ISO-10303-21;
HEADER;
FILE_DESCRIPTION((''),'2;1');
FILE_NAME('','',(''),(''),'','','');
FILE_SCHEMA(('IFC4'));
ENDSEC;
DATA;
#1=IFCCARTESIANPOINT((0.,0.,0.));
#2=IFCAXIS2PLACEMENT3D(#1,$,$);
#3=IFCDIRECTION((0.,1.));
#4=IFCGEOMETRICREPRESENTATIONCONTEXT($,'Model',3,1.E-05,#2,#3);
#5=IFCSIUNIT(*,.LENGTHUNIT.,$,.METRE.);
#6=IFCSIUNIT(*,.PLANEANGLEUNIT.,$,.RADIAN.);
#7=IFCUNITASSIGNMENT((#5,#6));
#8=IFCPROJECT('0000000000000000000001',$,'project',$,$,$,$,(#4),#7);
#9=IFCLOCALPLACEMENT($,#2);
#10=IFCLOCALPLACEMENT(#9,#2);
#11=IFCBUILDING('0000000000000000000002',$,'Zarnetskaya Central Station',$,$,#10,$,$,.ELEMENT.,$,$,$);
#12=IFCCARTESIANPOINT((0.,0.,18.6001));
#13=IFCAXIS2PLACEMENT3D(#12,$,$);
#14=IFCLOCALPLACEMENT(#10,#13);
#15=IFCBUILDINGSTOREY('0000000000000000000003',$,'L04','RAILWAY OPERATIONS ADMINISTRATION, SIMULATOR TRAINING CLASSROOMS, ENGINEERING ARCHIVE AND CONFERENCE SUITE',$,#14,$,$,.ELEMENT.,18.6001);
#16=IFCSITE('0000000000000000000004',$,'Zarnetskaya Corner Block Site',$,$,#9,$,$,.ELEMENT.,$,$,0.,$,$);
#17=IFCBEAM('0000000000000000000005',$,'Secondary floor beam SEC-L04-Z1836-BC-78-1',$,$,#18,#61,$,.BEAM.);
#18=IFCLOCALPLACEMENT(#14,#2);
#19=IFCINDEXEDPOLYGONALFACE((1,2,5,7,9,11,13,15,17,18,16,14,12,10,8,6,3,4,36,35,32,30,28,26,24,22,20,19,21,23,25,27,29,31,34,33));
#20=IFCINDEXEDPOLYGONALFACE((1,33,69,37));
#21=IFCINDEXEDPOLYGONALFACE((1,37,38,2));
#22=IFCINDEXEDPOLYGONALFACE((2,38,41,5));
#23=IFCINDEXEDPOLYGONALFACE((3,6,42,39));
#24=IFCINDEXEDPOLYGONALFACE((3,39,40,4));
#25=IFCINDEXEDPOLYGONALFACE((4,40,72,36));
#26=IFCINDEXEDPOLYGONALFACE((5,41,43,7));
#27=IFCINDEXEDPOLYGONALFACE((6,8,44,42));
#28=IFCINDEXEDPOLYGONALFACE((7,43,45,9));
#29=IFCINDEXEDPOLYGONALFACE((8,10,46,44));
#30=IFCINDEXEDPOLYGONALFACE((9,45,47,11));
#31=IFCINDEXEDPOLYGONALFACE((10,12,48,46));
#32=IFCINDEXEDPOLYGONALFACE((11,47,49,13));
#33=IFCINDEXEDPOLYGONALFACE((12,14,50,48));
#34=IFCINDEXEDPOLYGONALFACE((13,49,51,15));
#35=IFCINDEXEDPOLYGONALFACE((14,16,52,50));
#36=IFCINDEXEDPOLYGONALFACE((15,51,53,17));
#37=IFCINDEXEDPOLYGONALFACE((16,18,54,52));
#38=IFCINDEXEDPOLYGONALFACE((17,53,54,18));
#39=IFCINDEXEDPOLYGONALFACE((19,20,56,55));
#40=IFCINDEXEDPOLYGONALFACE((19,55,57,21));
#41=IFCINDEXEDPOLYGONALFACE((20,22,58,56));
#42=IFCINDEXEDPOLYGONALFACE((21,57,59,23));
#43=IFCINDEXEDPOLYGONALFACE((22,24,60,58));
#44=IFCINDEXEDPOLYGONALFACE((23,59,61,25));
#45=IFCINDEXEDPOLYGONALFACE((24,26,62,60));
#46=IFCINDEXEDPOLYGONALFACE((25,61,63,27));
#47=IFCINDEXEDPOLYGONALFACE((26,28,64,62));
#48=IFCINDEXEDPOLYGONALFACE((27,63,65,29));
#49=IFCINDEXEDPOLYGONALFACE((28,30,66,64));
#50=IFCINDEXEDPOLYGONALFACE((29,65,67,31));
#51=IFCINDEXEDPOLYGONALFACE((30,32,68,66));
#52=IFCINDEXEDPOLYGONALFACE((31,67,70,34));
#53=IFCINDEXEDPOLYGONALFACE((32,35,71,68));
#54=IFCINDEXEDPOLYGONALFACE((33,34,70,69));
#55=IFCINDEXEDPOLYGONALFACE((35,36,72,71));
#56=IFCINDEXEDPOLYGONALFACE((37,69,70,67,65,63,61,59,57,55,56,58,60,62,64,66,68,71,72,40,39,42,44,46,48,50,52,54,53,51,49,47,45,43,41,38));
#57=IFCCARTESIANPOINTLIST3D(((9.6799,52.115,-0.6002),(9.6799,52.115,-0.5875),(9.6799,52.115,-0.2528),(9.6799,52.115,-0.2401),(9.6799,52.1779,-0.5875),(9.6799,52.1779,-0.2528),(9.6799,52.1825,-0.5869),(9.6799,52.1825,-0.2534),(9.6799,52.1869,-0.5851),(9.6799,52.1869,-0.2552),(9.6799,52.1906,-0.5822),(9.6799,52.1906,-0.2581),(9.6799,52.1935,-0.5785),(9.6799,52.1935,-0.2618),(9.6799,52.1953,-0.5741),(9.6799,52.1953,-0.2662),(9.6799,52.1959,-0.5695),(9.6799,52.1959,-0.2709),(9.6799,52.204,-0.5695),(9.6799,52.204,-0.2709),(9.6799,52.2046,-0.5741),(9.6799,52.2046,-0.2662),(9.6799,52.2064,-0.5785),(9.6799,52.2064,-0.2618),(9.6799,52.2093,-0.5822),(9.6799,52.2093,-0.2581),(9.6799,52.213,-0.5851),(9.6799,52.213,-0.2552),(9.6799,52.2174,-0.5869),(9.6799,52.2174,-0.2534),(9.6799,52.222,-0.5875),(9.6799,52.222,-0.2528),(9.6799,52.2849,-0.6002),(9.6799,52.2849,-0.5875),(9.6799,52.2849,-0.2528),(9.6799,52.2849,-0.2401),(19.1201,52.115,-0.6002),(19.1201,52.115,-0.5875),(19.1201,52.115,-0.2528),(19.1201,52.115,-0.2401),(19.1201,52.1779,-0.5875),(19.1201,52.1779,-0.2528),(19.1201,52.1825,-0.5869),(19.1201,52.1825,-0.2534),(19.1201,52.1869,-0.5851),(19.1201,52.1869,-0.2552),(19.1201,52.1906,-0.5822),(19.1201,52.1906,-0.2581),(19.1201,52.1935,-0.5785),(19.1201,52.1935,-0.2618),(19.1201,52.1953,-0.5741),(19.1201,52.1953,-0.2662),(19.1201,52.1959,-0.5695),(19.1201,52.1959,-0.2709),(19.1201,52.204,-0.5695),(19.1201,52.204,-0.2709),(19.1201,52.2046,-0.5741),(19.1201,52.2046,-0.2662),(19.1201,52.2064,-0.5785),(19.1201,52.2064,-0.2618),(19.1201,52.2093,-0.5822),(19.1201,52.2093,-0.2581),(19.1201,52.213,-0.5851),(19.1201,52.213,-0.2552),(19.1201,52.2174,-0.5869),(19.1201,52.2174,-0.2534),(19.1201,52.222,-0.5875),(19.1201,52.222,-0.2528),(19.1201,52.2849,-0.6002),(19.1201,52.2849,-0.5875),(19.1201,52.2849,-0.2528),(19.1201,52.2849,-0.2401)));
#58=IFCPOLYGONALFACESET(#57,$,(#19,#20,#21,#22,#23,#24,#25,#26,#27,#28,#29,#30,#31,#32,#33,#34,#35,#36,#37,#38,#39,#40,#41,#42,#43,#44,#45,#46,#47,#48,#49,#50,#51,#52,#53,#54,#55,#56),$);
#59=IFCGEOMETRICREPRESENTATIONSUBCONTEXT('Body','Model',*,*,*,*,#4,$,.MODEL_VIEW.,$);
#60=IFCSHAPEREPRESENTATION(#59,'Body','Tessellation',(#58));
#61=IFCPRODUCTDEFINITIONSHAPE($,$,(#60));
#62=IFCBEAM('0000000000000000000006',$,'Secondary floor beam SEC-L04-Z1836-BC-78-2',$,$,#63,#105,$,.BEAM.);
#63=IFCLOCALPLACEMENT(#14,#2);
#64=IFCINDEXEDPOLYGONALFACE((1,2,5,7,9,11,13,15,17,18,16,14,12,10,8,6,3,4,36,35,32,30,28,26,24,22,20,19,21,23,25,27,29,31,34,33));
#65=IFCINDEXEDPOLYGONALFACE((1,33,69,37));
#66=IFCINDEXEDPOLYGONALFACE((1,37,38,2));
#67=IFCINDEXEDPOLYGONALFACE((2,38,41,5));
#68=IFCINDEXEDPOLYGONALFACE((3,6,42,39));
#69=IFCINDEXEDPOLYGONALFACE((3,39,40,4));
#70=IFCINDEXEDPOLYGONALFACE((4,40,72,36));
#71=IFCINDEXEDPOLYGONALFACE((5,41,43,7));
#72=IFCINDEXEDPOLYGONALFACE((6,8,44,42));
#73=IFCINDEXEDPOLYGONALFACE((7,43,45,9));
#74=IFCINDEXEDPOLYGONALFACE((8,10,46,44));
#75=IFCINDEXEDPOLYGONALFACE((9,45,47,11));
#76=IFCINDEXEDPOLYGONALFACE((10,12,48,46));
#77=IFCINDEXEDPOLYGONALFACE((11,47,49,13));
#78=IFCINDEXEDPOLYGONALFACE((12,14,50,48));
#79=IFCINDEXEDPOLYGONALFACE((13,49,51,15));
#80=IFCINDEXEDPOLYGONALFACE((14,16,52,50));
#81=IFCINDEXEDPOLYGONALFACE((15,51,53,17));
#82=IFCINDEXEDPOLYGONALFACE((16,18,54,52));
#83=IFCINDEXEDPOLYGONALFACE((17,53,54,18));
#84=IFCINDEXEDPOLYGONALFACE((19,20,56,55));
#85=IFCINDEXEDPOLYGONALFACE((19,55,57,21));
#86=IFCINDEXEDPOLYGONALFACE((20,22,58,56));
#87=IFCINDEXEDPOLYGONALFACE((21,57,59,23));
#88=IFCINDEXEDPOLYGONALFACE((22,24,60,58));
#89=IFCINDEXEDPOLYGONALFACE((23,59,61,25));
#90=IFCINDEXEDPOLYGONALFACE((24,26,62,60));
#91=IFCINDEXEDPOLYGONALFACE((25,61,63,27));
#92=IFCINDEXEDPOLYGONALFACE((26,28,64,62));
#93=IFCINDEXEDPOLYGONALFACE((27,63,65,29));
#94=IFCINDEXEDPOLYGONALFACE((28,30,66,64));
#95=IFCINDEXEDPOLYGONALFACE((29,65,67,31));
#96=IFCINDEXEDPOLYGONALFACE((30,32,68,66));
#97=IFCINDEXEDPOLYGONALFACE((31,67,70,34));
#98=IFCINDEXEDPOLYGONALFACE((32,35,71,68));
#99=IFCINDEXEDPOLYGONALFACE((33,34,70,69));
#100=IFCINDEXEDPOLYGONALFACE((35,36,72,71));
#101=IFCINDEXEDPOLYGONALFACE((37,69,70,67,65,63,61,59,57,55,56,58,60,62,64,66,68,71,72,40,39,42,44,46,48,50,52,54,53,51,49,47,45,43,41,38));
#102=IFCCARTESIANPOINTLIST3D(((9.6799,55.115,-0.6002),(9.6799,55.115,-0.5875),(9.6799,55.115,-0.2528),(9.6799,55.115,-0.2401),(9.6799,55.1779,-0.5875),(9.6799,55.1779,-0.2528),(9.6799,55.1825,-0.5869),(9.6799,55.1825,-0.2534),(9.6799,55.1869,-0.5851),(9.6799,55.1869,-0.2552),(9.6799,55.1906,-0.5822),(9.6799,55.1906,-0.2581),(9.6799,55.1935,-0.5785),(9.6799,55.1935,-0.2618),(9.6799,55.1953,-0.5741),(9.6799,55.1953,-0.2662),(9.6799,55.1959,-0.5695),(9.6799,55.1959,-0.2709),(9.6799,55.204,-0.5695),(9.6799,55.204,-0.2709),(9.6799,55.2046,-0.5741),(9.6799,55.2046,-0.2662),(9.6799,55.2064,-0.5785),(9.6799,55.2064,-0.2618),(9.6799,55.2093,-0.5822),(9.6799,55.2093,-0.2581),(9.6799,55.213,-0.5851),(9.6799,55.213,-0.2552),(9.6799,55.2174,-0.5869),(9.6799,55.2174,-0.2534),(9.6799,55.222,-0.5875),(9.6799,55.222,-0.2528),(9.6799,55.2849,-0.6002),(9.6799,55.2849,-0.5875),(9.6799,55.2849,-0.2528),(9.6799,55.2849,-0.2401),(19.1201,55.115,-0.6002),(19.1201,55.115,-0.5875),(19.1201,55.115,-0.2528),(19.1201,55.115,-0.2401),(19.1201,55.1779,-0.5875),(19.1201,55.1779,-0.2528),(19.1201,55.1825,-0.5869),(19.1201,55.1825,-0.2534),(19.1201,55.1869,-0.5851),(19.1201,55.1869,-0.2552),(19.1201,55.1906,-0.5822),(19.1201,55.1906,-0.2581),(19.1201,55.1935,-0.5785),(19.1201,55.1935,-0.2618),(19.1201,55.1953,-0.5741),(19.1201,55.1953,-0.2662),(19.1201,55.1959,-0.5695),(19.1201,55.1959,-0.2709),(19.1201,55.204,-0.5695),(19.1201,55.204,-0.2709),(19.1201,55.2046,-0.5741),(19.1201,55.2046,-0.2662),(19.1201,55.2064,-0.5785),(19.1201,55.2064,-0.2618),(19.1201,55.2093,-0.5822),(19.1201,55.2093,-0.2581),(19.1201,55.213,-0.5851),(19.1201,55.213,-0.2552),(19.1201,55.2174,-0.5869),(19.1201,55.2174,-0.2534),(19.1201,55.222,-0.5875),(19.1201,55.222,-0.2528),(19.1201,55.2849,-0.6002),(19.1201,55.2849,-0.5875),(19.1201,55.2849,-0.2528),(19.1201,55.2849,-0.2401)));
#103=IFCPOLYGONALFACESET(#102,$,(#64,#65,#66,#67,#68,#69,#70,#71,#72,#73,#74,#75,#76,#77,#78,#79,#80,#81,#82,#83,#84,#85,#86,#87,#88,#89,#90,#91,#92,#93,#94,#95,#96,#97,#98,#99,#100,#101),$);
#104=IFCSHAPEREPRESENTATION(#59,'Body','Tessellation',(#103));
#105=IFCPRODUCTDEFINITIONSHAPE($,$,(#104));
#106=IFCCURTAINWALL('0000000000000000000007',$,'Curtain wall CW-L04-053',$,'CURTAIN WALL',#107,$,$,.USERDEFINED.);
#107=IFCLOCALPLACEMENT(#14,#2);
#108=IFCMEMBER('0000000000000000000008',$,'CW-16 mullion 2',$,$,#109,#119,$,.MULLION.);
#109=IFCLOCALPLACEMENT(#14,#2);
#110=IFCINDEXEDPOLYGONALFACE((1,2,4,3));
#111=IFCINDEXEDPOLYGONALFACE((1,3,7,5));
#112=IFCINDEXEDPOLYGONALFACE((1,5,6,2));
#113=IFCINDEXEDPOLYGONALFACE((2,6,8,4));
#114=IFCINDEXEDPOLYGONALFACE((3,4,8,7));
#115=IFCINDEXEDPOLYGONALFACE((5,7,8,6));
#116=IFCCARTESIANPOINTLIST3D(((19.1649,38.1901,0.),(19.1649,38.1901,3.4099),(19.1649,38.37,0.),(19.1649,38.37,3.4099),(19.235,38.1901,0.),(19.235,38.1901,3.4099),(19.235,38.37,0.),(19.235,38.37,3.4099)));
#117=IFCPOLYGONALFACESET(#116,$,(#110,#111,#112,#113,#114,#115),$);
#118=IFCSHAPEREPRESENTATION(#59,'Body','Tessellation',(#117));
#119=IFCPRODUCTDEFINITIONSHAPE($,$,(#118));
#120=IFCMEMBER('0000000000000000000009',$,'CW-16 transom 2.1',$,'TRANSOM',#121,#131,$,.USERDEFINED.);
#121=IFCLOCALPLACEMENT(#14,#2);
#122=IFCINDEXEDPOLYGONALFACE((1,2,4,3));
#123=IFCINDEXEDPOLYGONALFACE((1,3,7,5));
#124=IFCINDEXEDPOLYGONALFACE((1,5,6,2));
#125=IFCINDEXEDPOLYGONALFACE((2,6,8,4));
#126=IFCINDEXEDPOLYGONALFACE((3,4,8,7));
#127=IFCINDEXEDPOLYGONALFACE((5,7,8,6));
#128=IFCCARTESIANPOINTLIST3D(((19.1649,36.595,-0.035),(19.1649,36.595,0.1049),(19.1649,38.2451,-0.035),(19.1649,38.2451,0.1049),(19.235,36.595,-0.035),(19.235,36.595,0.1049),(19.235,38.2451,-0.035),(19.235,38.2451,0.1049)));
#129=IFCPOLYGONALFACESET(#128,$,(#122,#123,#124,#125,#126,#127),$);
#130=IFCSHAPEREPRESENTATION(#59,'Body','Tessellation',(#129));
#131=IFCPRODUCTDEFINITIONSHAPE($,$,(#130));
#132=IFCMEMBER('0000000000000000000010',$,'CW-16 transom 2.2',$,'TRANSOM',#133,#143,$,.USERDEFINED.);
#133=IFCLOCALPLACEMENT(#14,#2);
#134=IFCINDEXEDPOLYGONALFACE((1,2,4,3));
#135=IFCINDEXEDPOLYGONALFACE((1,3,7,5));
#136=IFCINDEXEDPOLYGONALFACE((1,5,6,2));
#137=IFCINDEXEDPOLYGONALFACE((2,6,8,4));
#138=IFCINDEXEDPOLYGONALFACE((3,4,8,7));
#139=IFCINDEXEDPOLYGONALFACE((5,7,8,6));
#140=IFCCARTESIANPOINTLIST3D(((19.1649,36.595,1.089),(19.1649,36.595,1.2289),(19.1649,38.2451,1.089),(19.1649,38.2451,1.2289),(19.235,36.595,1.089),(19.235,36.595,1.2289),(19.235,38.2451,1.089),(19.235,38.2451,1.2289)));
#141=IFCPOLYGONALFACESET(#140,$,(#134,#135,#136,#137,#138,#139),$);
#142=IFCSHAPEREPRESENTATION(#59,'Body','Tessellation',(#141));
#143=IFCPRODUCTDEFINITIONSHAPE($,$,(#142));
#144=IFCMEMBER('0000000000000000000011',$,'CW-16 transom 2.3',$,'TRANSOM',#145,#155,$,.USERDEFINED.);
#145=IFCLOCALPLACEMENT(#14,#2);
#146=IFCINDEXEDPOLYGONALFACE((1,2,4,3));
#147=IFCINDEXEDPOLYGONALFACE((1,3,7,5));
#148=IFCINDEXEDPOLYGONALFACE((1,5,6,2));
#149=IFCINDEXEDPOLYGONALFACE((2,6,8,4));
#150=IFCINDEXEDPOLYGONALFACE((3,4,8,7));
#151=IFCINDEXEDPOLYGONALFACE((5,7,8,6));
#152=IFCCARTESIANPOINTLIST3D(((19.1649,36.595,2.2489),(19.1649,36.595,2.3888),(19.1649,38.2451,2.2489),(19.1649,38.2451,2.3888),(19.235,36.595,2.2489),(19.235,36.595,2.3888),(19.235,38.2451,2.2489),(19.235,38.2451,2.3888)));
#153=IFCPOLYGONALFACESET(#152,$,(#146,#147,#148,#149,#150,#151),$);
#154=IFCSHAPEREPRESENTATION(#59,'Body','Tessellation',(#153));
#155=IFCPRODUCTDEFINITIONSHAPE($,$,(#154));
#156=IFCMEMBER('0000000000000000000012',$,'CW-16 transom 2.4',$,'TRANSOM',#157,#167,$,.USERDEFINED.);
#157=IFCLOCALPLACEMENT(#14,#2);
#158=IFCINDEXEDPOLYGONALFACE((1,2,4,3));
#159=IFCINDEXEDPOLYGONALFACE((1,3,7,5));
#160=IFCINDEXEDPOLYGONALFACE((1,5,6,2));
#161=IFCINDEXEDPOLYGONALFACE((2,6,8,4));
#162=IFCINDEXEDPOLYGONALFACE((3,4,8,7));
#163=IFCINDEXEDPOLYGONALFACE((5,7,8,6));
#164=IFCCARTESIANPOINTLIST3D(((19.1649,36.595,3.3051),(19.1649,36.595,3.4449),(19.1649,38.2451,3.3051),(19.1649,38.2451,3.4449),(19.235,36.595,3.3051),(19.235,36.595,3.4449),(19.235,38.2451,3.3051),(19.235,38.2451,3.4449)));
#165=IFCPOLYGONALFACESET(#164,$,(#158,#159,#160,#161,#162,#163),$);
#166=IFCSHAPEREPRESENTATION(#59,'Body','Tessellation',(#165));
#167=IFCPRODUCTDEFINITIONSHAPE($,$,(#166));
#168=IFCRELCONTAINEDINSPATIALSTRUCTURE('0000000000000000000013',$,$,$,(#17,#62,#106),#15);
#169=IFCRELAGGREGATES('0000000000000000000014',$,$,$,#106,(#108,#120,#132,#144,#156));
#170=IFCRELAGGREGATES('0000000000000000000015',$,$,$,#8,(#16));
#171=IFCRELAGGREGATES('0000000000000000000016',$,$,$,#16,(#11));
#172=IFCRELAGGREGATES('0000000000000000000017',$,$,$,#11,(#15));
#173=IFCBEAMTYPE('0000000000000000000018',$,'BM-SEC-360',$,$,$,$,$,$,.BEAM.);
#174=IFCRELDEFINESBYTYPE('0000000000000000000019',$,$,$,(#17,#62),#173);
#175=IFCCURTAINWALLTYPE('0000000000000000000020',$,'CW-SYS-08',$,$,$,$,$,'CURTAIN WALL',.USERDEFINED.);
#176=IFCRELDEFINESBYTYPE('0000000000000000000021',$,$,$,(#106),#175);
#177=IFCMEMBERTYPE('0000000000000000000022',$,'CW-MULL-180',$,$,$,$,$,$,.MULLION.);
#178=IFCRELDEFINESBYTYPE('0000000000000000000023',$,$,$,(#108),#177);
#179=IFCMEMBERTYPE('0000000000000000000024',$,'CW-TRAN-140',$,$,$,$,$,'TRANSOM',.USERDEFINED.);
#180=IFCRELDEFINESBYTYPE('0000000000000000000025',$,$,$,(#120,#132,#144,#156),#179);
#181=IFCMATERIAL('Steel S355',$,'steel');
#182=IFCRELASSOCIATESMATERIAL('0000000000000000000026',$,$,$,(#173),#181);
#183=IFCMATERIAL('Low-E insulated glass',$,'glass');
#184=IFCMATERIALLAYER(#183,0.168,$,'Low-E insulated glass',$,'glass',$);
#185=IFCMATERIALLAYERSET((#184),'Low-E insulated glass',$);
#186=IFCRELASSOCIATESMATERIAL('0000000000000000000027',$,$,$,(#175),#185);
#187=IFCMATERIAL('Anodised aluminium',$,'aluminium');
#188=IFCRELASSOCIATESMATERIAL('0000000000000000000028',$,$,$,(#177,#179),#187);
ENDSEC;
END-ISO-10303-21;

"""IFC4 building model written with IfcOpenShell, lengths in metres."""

from ifc_helpers import new_model, si_unit, direction, frame, origin, origin_2d, place, context, subcontext, project, spatial, rectangle, i_section, extrude, material, layer, layer_set, material_profile, profile_set, type_object, element, aggregate, save


model = new_model("IFC4")

# Units and contexts
model_context = context("Model", 3, precision=1e-05, world=origin(), true_north=direction((0.0, 1.0)))
body_context = subcontext(model_context, "Body", "Model", "MODEL_VIEW")
ifc_project = project(units=[si_unit("LENGTHUNIT", "METRE"), si_unit("PLANEANGLEUNIT", "RADIAN")], contexts=[model_context])

# Site, building, storey
site_placement = place(None, origin())
site = spatial("IfcSite", under=ifc_project, at=site_placement, Name="Zarnetskaya Corner Block Site", CompositionType="ELEMENT", RefElevation=0.0)
building_placement = place(site_placement, origin())
building = spatial("IfcBuilding", under=site, at=building_placement, Name="Zarnetskaya Central Station", CompositionType="ELEMENT")
storey_placement = place(building_placement, frame((0.0, 0.0, 18.6001)))
storey = spatial("IfcBuildingStorey", under=building, at=storey_placement, Name="L04", Description="RAILWAY OPERATIONS ADMINISTRATION, SIMULATOR TRAINING CLASSROOMS, ENGINEERING ARCHIVE AND CONFERENCE SUITE", CompositionType="ELEMENT", Elevation=18.6001)

# Shared definitions
ifc_material_1 = material(Name="Steel S355", Category="steel")

# Beams
ifc_material_profile_1 = material_profile(ifc_material_1, i_section(OverallWidth=0.1699, OverallDepth=0.3601, WebThickness=0.0081, FlangeThickness=0.0127, FilletRadius=0.0181, at=origin_2d()), Name="IPE 360")
ifc_profile_set_1 = profile_set([ifc_material_profile_1], Name="Steel S355")
beam_type_1 = type_object("IfcBeamType", Name="BM-SEC-360", PredefinedType="BEAM", material=ifc_profile_set_1)
for number, where, z_axis, x_axis, name in (
    (1, (9.6799, 52.2, -0.4202), (1.0, 0.0, 0.0), (0.0, 1.0, 0.0), "Secondary floor beam SEC-L04-Z1836-BC-78-1"),
    (2, (9.6799, 55.2, -0.4202), (1.0, 0.0, 0.0), (0.0, 1.0, 0.0), "Secondary floor beam SEC-L04-Z1836-BC-78-2"),
):
    element("IfcBeam", number, at=place(storey_placement, frame(where, z_axis=z_axis, x_axis=x_axis)), inside=storey, type_object=beam_type_1, Name=name, PredefinedType="BEAM", context=body_context, shape_type="SweptSolid", body=[
        extrude(i_section(OverallWidth=0.1699, OverallDepth=0.3601, WebThickness=0.0081, FlangeThickness=0.0127, FilletRadius=0.0181, at=origin_2d()), origin(), (0.0, 0.0, 1.0), 9.4402),
    ])

# Curtain wall, members
ifc_material_2 = material(Name="Low-E insulated glass", Category="glass")
ifc_layer_1 = layer(ifc_material_2, 0.168, Name="Low-E insulated glass", Category="glass")
ifc_layer_set_1 = layer_set([ifc_layer_1], Name="Low-E insulated glass")
curtain_wall_type = type_object("IfcCurtainWallType", Name="CW-SYS-08", ElementType="CURTAIN WALL", PredefinedType="USERDEFINED", material=ifc_layer_set_1)
curtain_wall_placement = place(storey_placement, origin())
curtain_wall = element("IfcCurtainWall", 3, at=curtain_wall_placement, inside=storey, type_object=curtain_wall_type, Name="Curtain wall CW-L04-053", ObjectType="CURTAIN WALL", PredefinedType="USERDEFINED")
ifc_material_3 = material(Name="Anodised aluminium", Category="aluminium")
ifc_material_profile_2 = material_profile(ifc_material_3, rectangle(XDim=0.0701, YDim=0.1799, at=origin_2d()), Name="ALU MULL 70x180")
ifc_profile_set_2 = profile_set([ifc_material_profile_2], Name="Anodised aluminium")
member_type_1 = type_object("IfcMemberType", Name="CW-MULL-180", PredefinedType="MULLION", material=ifc_profile_set_2)
member_1_placement = place(storey_placement, frame((19.2, 38.28, 0.0), z_axis=(0.0, 0.0, 1.0), x_axis=(1.0, 0.0, 0.0)))
member_1 = element("IfcMember", 4, at=member_1_placement, type_object=member_type_1, Name="CW-16 mullion 2", PredefinedType="MULLION", context=body_context, shape_type="SweptSolid", body=[
    extrude(rectangle(XDim=0.0701, YDim=0.1799, at=origin_2d()), origin(), (0.0, 0.0, 1.0), 3.4099),
])
ifc_material_profile_3 = material_profile(ifc_material_3, rectangle(XDim=0.0701, YDim=0.1399, at=origin_2d()), Name="ALU TRAN 70x140")
ifc_profile_set_3 = profile_set([ifc_material_profile_3], Name="Anodised aluminium")
member_type_2 = type_object("IfcMemberType", Name="CW-TRAN-140", ElementType="TRANSOM", PredefinedType="USERDEFINED", material=ifc_profile_set_3)
member_2_placement = place(storey_placement, frame((19.2, 38.2451, 0.0349), z_axis=(0.0, -1.0, 0.0), x_axis=(1.0, 0.0, 0.0)))
member_2 = element("IfcMember", 5, at=member_2_placement, type_object=member_type_2, Name="CW-16 transom 2.1", ObjectType="TRANSOM", PredefinedType="USERDEFINED", context=body_context, shape_type="SweptSolid", body=[
    extrude(rectangle(XDim=0.0701, YDim=0.1399, at=origin_2d()), origin(), (0.0, 0.0, 1.0), 1.6501),
])
member_3_placement = place(storey_placement, frame((19.2, 38.2451, 1.1589), z_axis=(0.0, -1.0, 0.0), x_axis=(1.0, 0.0, 0.0)))
member_3 = element("IfcMember", 6, at=member_3_placement, type_object=member_type_2, Name="CW-16 transom 2.2", ObjectType="TRANSOM", PredefinedType="USERDEFINED", context=body_context, shape_type="SweptSolid", body=[
    extrude(rectangle(XDim=0.0701, YDim=0.1399, at=origin_2d()), origin(), (0.0, 0.0, 1.0), 1.6501),
])
member_4_placement = place(storey_placement, frame((19.2, 38.2451, 2.3188), z_axis=(0.0, -1.0, 0.0), x_axis=(1.0, 0.0, 0.0)))
member_4 = element("IfcMember", 7, at=member_4_placement, type_object=member_type_2, Name="CW-16 transom 2.3", ObjectType="TRANSOM", PredefinedType="USERDEFINED", context=body_context, shape_type="SweptSolid", body=[
    extrude(rectangle(XDim=0.0701, YDim=0.1399, at=origin_2d()), origin(), (0.0, 0.0, 1.0), 1.6501),
])
member_5_placement = place(storey_placement, frame((19.2, 38.2451, 3.375), z_axis=(0.0, -1.0, 0.0), x_axis=(1.0, 0.0, 0.0)))
member_5 = element("IfcMember", 8, at=member_5_placement, type_object=member_type_2, Name="CW-16 transom 2.4", ObjectType="TRANSOM", PredefinedType="USERDEFINED", context=body_context, shape_type="SweptSolid", body=[
    extrude(rectangle(XDim=0.0701, YDim=0.1399, at=origin_2d()), origin(), (0.0, 0.0, 1.0), 1.6501),
])

aggregate(curtain_wall, [member_1, member_2, member_3, member_4, member_5])

save(model, "model.ifc")
